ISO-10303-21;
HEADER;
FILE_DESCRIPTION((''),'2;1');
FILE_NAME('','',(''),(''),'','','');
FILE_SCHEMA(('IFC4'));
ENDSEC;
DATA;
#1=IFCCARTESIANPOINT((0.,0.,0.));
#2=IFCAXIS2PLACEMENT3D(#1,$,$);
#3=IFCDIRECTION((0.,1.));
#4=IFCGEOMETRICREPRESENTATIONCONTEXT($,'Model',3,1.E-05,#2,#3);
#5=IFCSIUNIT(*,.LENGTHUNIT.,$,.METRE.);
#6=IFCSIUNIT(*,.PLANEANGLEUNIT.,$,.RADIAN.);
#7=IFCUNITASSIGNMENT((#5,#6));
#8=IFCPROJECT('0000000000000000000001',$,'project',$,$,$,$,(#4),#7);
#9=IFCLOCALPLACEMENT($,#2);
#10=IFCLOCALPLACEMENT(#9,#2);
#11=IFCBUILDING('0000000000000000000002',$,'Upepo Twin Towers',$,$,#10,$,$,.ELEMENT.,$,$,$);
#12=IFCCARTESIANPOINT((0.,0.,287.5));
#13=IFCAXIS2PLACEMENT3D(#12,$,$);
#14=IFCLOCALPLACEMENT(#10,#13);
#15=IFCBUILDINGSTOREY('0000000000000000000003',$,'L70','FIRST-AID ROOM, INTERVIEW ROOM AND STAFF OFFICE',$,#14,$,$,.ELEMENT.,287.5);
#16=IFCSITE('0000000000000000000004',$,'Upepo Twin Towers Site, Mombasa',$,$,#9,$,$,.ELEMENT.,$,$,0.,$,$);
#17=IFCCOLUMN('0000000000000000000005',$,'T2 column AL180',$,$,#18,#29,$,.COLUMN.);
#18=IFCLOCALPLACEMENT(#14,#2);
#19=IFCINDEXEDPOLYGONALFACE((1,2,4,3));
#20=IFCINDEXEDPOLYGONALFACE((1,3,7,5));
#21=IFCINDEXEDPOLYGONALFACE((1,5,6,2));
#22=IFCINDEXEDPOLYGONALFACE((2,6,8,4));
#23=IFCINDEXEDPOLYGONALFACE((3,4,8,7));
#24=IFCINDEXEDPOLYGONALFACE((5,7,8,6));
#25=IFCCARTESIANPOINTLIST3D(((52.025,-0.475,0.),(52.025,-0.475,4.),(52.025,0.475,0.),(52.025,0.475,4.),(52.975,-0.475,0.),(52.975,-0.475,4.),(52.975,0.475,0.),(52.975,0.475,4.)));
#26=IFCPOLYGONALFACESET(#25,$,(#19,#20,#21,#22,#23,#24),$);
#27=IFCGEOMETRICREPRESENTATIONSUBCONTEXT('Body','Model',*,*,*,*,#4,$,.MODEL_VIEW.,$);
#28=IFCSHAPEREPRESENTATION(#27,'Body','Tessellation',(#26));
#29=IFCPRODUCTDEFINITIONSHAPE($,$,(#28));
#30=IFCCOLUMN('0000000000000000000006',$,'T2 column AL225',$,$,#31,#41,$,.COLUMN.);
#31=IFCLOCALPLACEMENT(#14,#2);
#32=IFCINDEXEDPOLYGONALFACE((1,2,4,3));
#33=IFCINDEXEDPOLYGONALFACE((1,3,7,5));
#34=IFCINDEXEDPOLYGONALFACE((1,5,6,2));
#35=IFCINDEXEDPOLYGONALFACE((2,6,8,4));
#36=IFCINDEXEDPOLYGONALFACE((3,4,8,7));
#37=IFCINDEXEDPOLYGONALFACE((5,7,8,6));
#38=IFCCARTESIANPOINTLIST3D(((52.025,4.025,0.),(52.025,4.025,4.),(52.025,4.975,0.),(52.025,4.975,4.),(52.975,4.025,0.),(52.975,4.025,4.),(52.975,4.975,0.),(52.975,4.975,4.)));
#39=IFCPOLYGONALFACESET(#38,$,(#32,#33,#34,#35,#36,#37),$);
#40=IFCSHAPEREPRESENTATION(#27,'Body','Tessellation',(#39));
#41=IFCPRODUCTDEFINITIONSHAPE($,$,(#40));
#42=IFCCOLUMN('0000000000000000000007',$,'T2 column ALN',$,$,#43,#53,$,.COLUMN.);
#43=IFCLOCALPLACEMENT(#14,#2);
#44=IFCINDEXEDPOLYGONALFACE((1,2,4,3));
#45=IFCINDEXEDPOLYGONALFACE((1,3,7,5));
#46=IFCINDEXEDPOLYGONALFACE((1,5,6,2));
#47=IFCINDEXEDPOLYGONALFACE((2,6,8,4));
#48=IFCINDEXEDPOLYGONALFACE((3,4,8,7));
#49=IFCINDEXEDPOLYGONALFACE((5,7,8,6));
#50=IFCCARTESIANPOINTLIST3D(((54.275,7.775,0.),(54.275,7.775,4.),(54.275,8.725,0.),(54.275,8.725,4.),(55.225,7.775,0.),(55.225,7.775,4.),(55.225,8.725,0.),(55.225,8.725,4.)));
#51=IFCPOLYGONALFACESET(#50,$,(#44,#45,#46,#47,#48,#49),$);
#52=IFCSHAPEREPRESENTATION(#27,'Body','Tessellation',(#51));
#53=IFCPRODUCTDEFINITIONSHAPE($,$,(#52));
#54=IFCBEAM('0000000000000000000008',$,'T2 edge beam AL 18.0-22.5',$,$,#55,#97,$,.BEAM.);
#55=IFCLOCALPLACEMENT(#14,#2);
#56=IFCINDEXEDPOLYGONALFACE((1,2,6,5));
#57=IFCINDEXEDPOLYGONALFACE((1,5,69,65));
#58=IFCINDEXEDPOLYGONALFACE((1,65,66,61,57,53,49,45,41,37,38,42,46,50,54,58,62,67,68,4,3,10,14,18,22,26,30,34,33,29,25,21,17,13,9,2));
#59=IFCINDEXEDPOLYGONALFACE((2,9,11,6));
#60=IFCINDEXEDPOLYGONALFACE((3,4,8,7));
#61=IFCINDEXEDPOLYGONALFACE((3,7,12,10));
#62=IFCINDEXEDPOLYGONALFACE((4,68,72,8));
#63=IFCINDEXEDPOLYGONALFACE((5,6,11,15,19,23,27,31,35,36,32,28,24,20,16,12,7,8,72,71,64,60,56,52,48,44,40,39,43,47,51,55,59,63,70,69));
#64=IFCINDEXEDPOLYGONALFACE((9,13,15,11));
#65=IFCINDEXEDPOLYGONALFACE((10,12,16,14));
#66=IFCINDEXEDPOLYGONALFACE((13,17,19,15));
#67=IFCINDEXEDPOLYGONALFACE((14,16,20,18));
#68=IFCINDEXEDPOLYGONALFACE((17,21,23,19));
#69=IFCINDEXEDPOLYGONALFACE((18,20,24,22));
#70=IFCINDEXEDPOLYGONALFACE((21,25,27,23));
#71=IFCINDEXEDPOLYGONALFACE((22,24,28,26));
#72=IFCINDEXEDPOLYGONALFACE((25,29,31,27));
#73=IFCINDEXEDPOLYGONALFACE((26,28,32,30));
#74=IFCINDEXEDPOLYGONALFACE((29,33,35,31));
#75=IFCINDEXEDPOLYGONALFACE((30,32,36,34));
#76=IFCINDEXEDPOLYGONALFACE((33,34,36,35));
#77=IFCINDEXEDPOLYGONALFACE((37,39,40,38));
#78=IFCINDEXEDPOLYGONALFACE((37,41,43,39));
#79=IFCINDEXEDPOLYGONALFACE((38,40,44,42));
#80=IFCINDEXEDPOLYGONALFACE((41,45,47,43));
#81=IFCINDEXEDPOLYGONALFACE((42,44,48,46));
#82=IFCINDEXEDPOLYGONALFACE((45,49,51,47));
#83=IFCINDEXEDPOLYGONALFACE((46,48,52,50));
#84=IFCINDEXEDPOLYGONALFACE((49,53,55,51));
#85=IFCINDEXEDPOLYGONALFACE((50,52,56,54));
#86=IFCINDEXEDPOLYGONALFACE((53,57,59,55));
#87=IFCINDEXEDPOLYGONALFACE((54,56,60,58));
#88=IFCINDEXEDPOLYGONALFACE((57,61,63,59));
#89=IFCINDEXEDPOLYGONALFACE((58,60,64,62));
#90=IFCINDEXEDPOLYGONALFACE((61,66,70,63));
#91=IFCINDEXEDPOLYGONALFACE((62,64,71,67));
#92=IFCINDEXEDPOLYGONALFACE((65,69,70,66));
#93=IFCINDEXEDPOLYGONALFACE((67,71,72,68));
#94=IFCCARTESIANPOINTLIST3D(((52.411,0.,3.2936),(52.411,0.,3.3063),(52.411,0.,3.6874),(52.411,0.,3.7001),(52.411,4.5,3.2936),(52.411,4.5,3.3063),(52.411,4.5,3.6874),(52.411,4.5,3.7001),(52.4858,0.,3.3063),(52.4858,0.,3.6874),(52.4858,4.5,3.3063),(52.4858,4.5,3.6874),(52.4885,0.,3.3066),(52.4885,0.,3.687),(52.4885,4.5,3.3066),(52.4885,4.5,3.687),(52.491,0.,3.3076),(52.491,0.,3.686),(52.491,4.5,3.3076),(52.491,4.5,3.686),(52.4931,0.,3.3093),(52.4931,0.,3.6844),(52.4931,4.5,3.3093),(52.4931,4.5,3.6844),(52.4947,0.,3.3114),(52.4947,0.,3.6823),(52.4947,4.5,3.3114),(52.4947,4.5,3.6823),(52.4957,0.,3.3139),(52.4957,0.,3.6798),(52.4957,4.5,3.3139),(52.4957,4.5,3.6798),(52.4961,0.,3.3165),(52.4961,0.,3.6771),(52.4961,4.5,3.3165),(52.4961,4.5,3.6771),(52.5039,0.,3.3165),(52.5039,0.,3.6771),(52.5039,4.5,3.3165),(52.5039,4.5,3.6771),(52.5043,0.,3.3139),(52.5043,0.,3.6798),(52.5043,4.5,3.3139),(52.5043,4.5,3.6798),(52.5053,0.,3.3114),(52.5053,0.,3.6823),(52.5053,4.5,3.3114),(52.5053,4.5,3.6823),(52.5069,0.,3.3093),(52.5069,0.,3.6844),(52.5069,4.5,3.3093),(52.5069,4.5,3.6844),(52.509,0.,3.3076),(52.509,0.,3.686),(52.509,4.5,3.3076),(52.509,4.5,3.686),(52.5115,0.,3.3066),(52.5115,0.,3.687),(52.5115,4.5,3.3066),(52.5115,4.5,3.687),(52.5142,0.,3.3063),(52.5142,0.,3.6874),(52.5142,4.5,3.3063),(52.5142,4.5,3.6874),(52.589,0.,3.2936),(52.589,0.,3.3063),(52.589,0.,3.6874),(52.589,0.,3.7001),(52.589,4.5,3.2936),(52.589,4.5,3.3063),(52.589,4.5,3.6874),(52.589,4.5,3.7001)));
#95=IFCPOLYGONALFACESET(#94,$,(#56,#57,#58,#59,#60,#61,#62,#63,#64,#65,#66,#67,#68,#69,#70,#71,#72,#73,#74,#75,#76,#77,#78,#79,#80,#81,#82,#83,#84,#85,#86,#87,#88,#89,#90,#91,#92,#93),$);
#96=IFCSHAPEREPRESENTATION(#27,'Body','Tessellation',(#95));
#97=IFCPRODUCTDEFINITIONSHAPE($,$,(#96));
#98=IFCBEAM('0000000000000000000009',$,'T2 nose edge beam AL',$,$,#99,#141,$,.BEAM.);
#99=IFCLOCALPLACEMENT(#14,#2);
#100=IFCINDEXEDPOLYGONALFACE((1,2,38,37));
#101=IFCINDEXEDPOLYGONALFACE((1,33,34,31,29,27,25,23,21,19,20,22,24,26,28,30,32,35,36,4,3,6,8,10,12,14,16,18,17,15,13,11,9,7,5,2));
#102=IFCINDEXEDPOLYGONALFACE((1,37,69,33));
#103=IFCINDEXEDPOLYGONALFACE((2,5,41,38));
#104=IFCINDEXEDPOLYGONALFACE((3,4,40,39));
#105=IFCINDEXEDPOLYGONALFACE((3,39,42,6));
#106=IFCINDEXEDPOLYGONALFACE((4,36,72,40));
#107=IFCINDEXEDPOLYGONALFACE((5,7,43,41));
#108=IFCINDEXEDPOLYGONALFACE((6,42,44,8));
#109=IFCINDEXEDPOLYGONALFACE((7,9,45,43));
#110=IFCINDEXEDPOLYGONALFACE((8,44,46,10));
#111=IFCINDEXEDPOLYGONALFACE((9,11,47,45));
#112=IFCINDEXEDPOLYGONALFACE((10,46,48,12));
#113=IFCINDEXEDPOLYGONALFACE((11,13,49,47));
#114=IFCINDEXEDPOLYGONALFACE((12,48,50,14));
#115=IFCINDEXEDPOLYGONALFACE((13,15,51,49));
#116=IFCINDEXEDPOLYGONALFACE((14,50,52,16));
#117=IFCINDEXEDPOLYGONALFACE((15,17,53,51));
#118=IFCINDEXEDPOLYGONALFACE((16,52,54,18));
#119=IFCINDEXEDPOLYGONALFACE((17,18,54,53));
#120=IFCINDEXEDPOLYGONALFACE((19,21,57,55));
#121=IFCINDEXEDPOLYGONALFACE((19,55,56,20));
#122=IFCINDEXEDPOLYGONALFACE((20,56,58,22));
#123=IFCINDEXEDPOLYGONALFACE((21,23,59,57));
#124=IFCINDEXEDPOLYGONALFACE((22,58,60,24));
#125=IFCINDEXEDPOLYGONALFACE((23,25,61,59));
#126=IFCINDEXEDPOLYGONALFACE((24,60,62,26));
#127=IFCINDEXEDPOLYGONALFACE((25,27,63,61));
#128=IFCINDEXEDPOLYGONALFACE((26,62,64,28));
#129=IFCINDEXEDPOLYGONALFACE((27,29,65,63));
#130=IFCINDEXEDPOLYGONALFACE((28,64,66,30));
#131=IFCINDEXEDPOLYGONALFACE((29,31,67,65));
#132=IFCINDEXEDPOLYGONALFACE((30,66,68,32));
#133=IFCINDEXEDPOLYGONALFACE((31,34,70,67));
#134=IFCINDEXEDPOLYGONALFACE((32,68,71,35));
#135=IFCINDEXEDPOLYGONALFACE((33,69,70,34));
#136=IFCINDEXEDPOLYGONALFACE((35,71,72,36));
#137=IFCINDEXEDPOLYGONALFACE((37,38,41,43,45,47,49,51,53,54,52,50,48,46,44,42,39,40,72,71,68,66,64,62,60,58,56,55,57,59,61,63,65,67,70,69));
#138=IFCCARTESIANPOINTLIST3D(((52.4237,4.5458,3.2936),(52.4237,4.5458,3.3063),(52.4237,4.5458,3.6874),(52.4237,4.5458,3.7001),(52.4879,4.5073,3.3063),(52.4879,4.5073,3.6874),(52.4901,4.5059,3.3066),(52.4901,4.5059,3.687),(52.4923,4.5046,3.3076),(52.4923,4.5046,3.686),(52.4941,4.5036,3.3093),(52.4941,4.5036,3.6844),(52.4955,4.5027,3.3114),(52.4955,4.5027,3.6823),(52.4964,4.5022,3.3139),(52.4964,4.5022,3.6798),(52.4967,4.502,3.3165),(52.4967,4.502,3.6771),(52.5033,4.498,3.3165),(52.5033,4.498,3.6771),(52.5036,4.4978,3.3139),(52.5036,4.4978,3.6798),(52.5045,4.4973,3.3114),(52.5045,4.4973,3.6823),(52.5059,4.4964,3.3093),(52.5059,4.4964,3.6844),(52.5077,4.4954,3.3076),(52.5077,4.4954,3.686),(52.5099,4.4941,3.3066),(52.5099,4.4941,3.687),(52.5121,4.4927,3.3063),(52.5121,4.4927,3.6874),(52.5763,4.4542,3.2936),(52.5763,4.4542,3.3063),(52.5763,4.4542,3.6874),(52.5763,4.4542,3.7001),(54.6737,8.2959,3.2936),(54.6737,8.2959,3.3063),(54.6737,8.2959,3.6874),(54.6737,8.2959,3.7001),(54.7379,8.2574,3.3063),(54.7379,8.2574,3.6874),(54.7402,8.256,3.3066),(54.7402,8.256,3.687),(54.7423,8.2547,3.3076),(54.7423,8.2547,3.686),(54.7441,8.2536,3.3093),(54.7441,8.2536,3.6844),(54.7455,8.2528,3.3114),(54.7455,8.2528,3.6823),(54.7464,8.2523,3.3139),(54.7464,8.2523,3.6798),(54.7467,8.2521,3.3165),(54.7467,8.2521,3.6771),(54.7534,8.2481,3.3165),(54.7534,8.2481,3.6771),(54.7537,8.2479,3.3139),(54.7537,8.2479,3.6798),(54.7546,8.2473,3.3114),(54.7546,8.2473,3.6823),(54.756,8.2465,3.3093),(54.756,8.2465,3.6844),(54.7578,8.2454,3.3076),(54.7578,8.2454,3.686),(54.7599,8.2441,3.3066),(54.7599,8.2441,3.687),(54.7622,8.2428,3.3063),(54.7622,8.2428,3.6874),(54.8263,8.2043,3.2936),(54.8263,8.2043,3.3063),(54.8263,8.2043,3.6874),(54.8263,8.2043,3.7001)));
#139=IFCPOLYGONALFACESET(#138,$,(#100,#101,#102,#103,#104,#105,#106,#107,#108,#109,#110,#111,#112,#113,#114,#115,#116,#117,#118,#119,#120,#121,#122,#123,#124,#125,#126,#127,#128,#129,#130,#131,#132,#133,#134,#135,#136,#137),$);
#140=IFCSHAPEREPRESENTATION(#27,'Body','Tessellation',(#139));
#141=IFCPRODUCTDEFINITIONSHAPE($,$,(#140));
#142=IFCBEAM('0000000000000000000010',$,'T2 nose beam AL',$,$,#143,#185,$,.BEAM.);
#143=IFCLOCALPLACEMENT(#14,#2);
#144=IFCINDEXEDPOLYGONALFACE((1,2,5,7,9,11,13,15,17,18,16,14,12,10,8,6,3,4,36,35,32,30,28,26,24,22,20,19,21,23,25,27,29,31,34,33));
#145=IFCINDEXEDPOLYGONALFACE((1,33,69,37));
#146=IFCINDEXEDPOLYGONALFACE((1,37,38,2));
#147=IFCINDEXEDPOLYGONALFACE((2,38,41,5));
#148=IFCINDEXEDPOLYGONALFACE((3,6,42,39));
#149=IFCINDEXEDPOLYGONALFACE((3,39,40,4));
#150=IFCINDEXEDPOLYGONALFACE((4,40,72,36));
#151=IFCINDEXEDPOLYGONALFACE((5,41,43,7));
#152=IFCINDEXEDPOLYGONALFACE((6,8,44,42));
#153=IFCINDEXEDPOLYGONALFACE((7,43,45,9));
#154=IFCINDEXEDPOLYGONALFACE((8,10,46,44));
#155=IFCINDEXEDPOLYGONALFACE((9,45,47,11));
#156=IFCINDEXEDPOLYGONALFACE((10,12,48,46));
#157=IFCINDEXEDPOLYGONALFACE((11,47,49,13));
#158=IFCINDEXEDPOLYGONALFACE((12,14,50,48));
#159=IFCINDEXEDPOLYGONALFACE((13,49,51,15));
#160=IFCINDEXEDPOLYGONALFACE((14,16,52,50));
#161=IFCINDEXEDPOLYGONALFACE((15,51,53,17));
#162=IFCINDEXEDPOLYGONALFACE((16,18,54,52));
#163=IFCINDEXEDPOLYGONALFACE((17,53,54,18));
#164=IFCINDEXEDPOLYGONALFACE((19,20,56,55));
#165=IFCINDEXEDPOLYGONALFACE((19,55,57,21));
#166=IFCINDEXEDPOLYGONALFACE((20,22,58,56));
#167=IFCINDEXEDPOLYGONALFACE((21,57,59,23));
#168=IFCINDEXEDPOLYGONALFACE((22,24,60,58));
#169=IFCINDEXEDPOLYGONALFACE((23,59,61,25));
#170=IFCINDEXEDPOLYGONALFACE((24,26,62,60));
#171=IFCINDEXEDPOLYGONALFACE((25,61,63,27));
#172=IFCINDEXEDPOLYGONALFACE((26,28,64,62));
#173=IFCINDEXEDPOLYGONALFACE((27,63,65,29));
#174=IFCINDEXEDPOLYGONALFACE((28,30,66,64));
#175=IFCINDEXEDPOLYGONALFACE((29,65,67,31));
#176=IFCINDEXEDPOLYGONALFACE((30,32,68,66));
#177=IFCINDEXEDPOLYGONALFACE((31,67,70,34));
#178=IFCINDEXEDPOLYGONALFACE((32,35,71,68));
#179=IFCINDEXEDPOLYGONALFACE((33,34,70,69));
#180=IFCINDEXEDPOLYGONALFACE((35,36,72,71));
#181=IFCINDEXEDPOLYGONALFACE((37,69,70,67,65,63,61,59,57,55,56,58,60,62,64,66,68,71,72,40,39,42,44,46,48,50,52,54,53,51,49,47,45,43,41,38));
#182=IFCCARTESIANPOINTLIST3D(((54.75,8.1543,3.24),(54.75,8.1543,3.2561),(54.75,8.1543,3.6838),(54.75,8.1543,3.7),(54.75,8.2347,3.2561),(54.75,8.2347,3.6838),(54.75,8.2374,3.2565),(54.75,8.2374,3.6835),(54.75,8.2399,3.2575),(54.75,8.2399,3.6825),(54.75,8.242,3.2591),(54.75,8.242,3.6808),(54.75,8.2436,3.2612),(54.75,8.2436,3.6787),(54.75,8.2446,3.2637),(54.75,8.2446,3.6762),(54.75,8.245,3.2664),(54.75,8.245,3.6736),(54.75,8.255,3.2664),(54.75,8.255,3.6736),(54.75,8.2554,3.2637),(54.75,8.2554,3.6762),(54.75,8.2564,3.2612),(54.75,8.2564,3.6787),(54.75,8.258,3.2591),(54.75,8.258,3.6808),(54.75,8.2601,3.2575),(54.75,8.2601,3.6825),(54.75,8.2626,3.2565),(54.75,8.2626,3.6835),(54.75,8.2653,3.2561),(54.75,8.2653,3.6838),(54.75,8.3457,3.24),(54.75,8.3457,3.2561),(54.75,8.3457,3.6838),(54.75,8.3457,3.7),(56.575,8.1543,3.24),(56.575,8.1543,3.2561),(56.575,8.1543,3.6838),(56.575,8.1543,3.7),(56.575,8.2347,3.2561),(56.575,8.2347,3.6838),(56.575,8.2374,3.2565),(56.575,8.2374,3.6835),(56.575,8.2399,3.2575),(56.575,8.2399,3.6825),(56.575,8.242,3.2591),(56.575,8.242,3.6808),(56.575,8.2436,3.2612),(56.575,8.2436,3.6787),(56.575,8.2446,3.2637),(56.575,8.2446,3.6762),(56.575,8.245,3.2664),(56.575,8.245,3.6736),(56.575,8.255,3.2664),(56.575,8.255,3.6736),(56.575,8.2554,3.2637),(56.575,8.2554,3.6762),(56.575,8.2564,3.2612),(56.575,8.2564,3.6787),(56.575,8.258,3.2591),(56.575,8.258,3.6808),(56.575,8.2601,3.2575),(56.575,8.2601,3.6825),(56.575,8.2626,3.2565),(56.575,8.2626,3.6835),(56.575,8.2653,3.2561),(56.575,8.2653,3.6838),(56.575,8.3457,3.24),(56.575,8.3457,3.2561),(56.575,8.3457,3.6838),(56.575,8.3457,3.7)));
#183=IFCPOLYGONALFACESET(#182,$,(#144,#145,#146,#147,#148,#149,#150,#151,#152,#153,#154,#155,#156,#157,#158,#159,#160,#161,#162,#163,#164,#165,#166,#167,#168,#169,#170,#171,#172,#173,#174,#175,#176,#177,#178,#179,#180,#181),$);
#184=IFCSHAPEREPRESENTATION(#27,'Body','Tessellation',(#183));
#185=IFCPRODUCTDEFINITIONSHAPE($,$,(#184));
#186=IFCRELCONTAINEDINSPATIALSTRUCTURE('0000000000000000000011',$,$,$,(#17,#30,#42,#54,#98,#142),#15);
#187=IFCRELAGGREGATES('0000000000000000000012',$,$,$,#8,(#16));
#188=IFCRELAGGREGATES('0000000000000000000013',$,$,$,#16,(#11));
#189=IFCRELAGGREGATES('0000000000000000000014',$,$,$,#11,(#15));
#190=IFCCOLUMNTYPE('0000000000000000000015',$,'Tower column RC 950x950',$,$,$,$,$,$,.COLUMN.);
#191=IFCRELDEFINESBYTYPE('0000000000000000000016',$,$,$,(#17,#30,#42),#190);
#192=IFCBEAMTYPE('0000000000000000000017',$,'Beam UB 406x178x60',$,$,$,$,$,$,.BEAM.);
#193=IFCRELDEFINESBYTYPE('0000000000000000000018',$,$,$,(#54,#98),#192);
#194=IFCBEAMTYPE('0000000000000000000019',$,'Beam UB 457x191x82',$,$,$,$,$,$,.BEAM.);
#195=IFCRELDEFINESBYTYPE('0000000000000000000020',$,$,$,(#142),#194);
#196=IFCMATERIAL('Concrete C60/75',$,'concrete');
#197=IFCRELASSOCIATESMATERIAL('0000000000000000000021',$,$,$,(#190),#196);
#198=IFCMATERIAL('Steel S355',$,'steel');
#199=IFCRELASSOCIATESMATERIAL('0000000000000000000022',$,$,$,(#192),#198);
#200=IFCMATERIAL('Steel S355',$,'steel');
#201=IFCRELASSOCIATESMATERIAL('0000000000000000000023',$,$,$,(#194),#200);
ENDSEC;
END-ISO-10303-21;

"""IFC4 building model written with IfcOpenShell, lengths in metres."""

from ifc_helpers import new_model, si_unit, direction, frame, origin, origin_2d, place, context, subcontext, project, spatial, rectangle, i_section, extrude, material, material_profile, profile_set, type_object, element, save


model = new_model("IFC4")

# Units and contexts
model_context = context("Model", 3, precision=1e-05, world=origin(), true_north=direction((0.0, 1.0)))
body_context = subcontext(model_context, "Body", "Model", "MODEL_VIEW")
ifc_project = project(units=[si_unit("LENGTHUNIT", "METRE"), si_unit("PLANEANGLEUNIT", "RADIAN")], contexts=[model_context])

# Site, building, storey
site_placement = place(None, origin())
site = spatial("IfcSite", under=ifc_project, at=site_placement, Name="Upepo Twin Towers Site, Mombasa", CompositionType="ELEMENT", RefElevation=0.0)
building_placement = place(site_placement, origin())
building = spatial("IfcBuilding", under=site, at=building_placement, Name="Upepo Twin Towers", CompositionType="ELEMENT")
storey_placement = place(building_placement, frame((0.0, 0.0, 287.5)))
storey = spatial("IfcBuildingStorey", under=building, at=storey_placement, Name="L70", Description="FIRST-AID ROOM, INTERVIEW ROOM AND STAFF OFFICE", CompositionType="ELEMENT", Elevation=287.5)

# Columns
ifc_material_1 = material(Name="Concrete C60/75", Category="concrete")
ifc_material_profile_1 = material_profile(ifc_material_1, rectangle(XDim=0.95, YDim=0.95, at=origin_2d()), Name="RC 950x950")
ifc_profile_set_1 = profile_set([ifc_material_profile_1], Name="Concrete C60/75")
column_type = type_object("IfcColumnType", Name="Tower column RC 950x950", PredefinedType="COLUMN", material=ifc_profile_set_1)
for number, where, z_axis, x_axis, name in (
    (1, (52.5, 0.0, 0.0), (0.0, 0.0, 1.0), (1.0, 0.0, 0.0), "T2 column AL180"),
    (2, (52.5, 4.5, 0.0), (0.0, 0.0, 1.0), (1.0, 0.0, 0.0), "T2 column AL225"),
    (3, (54.75, 8.25, 0.0), (0.0, 0.0, 1.0), (1.0, 0.0, 0.0), "T2 column ALN"),
):
    element("IfcColumn", number, at=place(storey_placement, frame(where, z_axis=z_axis, x_axis=x_axis)), inside=storey, type_object=column_type, Name=name, PredefinedType="COLUMN", context=body_context, shape_type="SweptSolid", body=[
        extrude(rectangle(XDim=0.95, YDim=0.95, at=origin_2d()), origin(), (0.0, 0.0, 1.0), 4.0),
    ])

# Beams
ifc_material_2 = material(Name="Steel S355", Category="steel")
ifc_material_profile_2 = material_profile(ifc_material_2, i_section(OverallWidth=0.178, OverallDepth=0.4065, WebThickness=0.0078, FlangeThickness=0.0127, FilletRadius=0.0103, at=origin_2d()), Name="UB 406x178x60")
ifc_profile_set_2 = profile_set([ifc_material_profile_2], Name="Steel S355")
beam_type_1 = type_object("IfcBeamType", Name="Beam UB 406x178x60", PredefinedType="BEAM", material=ifc_profile_set_2)
beam_1_placement = place(storey_placement, frame((52.5, 0.0, 3.4968), z_axis=(0.0, 1.0, 0.0), x_axis=(-1.0, 0.0, 0.0)))
element("IfcBeam", 4, at=beam_1_placement, inside=storey, type_object=beam_type_1, Name="T2 edge beam AL 18.0-22.5", PredefinedType="BEAM", context=body_context, shape_type="SweptSolid", body=[
    extrude(i_section(OverallWidth=0.178, OverallDepth=0.4065, WebThickness=0.0078, FlangeThickness=0.0127, FilletRadius=0.0103, at=origin_2d()), origin(), (0.0, 0.0, 1.0), 4.5),
])
beam_2_placement = place(storey_placement, frame((52.5, 4.5, 3.4968), z_axis=(0.514496, 0.857493, 0.0), x_axis=(-0.857493, 0.514496, 0.0)))
element("IfcBeam", 5, at=beam_2_placement, inside=storey, type_object=beam_type_1, Name="T2 nose edge beam AL", PredefinedType="BEAM", context=body_context, shape_type="SweptSolid", body=[
    extrude(i_section(OverallWidth=0.178, OverallDepth=0.4065, WebThickness=0.0078, FlangeThickness=0.0127, FilletRadius=0.0103, at=origin_2d()), origin(), (0.0, 0.0, 1.0), 4.3733),
])
ifc_material_3 = material(Name="Steel S355", Category="steel")
ifc_material_profile_3 = material_profile(ifc_material_3, i_section(OverallWidth=0.1914, OverallDepth=0.46, WebThickness=0.01, FlangeThickness=0.0161, FilletRadius=0.0103, at=origin_2d()), Name="UB 457x191x82")
ifc_profile_set_3 = profile_set([ifc_material_profile_3], Name="Steel S355")
beam_type_2 = type_object("IfcBeamType", Name="Beam UB 457x191x82", PredefinedType="BEAM", material=ifc_profile_set_3)
beam_3_placement = place(storey_placement, frame((54.75, 8.25, 3.47), z_axis=(1.0, 0.0, 0.0), x_axis=(0.0, 1.0, 0.0)))
element("IfcBeam", 6, at=beam_3_placement, inside=storey, type_object=beam_type_2, Name="T2 nose beam AL", PredefinedType="BEAM", context=body_context, shape_type="SweptSolid", body=[
    extrude(i_section(OverallWidth=0.1914, OverallDepth=0.46, WebThickness=0.01, FlangeThickness=0.0161, FilletRadius=0.0103, at=origin_2d()), origin(), (0.0, 0.0, 1.0), 1.825),
])

save(model, "model.ifc")
